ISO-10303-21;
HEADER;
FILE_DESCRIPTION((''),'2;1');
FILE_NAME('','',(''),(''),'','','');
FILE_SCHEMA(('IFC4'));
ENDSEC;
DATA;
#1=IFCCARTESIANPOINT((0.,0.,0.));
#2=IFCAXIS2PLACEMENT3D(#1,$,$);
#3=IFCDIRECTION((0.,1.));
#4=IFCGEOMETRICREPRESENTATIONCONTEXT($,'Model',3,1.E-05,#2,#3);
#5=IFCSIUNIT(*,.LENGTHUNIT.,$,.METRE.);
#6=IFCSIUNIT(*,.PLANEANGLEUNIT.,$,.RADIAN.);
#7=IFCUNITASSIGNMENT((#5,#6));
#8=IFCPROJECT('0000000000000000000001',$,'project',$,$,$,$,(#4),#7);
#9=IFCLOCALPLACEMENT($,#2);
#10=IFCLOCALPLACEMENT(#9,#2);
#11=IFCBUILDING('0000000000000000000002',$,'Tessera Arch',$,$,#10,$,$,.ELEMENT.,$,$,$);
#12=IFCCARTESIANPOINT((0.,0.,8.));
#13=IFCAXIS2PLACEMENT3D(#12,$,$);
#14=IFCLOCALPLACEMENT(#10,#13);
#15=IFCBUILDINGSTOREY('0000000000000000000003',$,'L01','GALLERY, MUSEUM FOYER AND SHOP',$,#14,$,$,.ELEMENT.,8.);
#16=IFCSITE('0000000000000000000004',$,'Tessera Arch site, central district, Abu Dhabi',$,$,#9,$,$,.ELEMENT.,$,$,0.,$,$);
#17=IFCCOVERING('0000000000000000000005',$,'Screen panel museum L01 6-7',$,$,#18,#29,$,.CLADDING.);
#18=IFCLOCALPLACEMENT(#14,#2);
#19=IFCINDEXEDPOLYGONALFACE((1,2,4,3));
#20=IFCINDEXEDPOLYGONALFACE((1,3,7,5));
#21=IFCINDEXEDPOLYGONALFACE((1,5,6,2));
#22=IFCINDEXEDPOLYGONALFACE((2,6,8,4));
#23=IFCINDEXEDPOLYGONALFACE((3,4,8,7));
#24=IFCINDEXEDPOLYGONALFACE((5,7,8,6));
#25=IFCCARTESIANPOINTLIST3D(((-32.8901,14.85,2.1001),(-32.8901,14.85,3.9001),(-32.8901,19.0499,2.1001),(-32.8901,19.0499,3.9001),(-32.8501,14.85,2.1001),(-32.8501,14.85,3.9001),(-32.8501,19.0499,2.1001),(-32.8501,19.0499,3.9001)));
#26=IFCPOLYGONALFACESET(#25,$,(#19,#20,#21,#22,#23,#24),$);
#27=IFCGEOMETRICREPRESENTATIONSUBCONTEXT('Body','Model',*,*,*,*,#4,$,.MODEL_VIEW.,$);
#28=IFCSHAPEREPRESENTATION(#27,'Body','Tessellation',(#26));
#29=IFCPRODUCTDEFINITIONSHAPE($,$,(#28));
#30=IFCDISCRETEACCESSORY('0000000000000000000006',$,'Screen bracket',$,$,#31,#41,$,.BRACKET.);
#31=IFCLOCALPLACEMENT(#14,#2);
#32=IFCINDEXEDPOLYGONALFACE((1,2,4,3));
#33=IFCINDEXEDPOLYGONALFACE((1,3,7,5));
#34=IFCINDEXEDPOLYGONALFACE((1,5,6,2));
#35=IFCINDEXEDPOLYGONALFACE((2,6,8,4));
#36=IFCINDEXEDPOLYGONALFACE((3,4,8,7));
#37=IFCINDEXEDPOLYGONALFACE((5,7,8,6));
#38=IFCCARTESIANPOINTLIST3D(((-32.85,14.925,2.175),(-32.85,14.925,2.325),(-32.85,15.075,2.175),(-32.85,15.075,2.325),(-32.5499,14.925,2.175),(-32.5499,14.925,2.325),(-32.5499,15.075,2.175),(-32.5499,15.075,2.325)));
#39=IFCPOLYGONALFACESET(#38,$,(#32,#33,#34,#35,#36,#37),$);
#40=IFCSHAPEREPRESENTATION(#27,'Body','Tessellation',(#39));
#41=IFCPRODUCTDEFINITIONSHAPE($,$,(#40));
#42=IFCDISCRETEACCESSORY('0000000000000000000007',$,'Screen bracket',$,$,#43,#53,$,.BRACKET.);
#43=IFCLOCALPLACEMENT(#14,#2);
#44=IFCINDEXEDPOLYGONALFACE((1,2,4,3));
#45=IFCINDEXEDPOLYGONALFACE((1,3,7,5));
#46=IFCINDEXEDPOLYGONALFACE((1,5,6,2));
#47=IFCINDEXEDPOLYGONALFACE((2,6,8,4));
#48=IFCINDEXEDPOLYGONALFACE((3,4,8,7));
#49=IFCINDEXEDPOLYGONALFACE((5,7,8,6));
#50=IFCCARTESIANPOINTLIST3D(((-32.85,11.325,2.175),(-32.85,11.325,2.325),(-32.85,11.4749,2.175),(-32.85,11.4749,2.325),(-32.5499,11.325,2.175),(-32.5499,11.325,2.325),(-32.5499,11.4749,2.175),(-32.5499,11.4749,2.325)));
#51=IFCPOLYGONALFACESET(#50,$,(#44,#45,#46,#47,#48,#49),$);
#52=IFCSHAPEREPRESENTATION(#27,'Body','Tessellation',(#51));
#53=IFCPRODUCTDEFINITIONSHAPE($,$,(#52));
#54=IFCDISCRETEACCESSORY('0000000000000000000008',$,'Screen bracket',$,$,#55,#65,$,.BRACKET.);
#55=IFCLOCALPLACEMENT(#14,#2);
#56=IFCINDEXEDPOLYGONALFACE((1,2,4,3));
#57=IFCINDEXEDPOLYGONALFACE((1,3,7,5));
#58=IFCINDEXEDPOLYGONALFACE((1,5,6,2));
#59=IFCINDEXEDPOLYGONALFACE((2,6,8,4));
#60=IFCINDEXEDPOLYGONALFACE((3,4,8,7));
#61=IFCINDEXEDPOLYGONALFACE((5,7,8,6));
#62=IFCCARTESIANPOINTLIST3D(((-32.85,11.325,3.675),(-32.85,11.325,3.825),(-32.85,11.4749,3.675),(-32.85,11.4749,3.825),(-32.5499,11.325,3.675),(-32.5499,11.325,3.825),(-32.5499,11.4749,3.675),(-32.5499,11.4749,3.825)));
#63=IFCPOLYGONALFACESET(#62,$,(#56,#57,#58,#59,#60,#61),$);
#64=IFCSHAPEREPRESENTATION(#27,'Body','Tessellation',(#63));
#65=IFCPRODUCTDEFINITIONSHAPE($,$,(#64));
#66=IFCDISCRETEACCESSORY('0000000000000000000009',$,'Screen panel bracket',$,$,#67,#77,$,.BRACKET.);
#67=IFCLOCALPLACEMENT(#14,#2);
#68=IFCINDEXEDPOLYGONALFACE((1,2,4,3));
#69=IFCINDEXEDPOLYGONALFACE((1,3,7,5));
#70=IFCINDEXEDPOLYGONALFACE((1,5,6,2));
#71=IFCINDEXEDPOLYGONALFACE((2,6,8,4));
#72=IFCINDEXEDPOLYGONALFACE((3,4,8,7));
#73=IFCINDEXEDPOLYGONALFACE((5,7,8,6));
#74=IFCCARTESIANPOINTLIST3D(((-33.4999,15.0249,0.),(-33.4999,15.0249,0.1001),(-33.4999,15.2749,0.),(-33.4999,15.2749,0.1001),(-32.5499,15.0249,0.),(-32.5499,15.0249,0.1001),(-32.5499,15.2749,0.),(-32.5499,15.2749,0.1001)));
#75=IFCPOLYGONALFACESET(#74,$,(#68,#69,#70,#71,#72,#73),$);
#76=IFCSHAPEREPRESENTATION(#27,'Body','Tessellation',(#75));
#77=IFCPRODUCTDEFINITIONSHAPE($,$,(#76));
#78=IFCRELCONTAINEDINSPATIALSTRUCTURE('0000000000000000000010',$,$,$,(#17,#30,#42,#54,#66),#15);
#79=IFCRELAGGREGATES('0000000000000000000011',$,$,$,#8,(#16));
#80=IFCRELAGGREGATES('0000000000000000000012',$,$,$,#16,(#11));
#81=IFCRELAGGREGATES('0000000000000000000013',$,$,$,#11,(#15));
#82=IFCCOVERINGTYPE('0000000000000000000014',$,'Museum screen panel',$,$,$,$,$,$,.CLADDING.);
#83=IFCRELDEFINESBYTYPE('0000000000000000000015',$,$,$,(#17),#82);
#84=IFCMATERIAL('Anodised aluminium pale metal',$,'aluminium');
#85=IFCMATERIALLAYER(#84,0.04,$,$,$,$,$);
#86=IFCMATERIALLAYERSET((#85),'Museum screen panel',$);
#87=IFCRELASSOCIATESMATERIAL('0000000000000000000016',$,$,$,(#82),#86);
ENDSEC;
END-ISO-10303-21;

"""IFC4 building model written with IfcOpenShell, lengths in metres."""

from ifc_helpers import new_model, si_unit, direction, frame, origin, origin_2d, place, context, subcontext, project, spatial, rectangle, extrude, material, layer, layer_set, type_object, element, save


model = new_model("IFC4")

# Units and contexts
model_context = context("Model", 3, precision=1e-05, world=origin(), true_north=direction((0.0, 1.0)))
body_context = subcontext(model_context, "Body", "Model", "MODEL_VIEW")
ifc_project = project(units=[si_unit("LENGTHUNIT", "METRE"), si_unit("PLANEANGLEUNIT", "RADIAN")], contexts=[model_context])

# Site, building, storey
site_placement = place(None, origin())
site = spatial("IfcSite", under=ifc_project, at=site_placement, Name="Tessera Arch site, central district, Abu Dhabi", CompositionType="ELEMENT", RefElevation=0.0)
building_placement = place(site_placement, origin())
building = spatial("IfcBuilding", under=site, at=building_placement, Name="Tessera Arch", CompositionType="ELEMENT")
storey_placement = place(building_placement, frame((0.0, 0.0, 8.0)))
storey = spatial("IfcBuildingStorey", under=building, at=storey_placement, Name="L01", Description="GALLERY, MUSEUM FOYER AND SHOP", CompositionType="ELEMENT", Elevation=8.0)

# Covering
ifc_material_1 = material(Name="Anodised aluminium pale metal", Category="aluminium")
ifc_layer_1 = layer(ifc_material_1, 0.04)
ifc_layer_set_1 = layer_set([ifc_layer_1], Name="Museum screen panel")
covering_type_1 = type_object("IfcCoveringType", Name="Museum screen panel", PredefinedType="CLADDING", material=ifc_layer_set_1)
covering_1_placement = place(storey_placement, frame((-32.8701, 16.95, 2.1001), z_axis=(0.0, 0.0, 1.0), x_axis=(0.0, -1.0, 0.0)))
element("IfcCovering", 1, at=covering_1_placement, inside=storey, type_object=covering_type_1, Name="Screen panel museum L01 6-7", PredefinedType="CLADDING", context=body_context, shape_type="SweptSolid", body=[
    extrude(rectangle(XDim=4.2, YDim=0.04, at=origin_2d()), origin(), (0.0, 0.0, 1.0), 1.8),
])

# Discrete accessories
for number, where, z_axis, x_axis, name in (
    (2, (-32.7, 15.0, 2.175), (0.0, 0.0, 1.0), (-1.0, 0.0, 0.0), "Screen bracket"),
    (3, (-32.7, 11.3999, 2.175), (0.0, 0.0, 1.0), (-1.0, 0.0, 0.0), "Screen bracket"),
    (4, (-32.7, 11.3999, 3.675), (0.0, 0.0, 1.0), (-1.0, 0.0, 0.0), "Screen bracket"),
):
    element("IfcDiscreteAccessory", number, at=place(storey_placement, frame(where, z_axis=z_axis, x_axis=x_axis)), inside=storey, Name=name, PredefinedType="BRACKET", context=body_context, shape_type="SweptSolid", body=[
        extrude(rectangle(XDim=0.3, YDim=0.1499, at=origin_2d()), origin(), (0.0, 0.0, 1.0), 0.1499),
    ])
discrete_accessory_placement = place(storey_placement, frame((-33.0249, 15.1499, 0.0), z_axis=(0.0, 0.0, 1.0), x_axis=(-1.0, 0.0, 0.0)))
element("IfcDiscreteAccessory", 5, at=discrete_accessory_placement, inside=storey, Name="Screen panel bracket", PredefinedType="BRACKET", context=body_context, shape_type="SweptSolid", body=[
    extrude(rectangle(XDim=0.95, YDim=0.25, at=origin_2d()), origin(), (0.0, 0.0, 1.0), 0.1001),
])

save(model, "model.ifc")
